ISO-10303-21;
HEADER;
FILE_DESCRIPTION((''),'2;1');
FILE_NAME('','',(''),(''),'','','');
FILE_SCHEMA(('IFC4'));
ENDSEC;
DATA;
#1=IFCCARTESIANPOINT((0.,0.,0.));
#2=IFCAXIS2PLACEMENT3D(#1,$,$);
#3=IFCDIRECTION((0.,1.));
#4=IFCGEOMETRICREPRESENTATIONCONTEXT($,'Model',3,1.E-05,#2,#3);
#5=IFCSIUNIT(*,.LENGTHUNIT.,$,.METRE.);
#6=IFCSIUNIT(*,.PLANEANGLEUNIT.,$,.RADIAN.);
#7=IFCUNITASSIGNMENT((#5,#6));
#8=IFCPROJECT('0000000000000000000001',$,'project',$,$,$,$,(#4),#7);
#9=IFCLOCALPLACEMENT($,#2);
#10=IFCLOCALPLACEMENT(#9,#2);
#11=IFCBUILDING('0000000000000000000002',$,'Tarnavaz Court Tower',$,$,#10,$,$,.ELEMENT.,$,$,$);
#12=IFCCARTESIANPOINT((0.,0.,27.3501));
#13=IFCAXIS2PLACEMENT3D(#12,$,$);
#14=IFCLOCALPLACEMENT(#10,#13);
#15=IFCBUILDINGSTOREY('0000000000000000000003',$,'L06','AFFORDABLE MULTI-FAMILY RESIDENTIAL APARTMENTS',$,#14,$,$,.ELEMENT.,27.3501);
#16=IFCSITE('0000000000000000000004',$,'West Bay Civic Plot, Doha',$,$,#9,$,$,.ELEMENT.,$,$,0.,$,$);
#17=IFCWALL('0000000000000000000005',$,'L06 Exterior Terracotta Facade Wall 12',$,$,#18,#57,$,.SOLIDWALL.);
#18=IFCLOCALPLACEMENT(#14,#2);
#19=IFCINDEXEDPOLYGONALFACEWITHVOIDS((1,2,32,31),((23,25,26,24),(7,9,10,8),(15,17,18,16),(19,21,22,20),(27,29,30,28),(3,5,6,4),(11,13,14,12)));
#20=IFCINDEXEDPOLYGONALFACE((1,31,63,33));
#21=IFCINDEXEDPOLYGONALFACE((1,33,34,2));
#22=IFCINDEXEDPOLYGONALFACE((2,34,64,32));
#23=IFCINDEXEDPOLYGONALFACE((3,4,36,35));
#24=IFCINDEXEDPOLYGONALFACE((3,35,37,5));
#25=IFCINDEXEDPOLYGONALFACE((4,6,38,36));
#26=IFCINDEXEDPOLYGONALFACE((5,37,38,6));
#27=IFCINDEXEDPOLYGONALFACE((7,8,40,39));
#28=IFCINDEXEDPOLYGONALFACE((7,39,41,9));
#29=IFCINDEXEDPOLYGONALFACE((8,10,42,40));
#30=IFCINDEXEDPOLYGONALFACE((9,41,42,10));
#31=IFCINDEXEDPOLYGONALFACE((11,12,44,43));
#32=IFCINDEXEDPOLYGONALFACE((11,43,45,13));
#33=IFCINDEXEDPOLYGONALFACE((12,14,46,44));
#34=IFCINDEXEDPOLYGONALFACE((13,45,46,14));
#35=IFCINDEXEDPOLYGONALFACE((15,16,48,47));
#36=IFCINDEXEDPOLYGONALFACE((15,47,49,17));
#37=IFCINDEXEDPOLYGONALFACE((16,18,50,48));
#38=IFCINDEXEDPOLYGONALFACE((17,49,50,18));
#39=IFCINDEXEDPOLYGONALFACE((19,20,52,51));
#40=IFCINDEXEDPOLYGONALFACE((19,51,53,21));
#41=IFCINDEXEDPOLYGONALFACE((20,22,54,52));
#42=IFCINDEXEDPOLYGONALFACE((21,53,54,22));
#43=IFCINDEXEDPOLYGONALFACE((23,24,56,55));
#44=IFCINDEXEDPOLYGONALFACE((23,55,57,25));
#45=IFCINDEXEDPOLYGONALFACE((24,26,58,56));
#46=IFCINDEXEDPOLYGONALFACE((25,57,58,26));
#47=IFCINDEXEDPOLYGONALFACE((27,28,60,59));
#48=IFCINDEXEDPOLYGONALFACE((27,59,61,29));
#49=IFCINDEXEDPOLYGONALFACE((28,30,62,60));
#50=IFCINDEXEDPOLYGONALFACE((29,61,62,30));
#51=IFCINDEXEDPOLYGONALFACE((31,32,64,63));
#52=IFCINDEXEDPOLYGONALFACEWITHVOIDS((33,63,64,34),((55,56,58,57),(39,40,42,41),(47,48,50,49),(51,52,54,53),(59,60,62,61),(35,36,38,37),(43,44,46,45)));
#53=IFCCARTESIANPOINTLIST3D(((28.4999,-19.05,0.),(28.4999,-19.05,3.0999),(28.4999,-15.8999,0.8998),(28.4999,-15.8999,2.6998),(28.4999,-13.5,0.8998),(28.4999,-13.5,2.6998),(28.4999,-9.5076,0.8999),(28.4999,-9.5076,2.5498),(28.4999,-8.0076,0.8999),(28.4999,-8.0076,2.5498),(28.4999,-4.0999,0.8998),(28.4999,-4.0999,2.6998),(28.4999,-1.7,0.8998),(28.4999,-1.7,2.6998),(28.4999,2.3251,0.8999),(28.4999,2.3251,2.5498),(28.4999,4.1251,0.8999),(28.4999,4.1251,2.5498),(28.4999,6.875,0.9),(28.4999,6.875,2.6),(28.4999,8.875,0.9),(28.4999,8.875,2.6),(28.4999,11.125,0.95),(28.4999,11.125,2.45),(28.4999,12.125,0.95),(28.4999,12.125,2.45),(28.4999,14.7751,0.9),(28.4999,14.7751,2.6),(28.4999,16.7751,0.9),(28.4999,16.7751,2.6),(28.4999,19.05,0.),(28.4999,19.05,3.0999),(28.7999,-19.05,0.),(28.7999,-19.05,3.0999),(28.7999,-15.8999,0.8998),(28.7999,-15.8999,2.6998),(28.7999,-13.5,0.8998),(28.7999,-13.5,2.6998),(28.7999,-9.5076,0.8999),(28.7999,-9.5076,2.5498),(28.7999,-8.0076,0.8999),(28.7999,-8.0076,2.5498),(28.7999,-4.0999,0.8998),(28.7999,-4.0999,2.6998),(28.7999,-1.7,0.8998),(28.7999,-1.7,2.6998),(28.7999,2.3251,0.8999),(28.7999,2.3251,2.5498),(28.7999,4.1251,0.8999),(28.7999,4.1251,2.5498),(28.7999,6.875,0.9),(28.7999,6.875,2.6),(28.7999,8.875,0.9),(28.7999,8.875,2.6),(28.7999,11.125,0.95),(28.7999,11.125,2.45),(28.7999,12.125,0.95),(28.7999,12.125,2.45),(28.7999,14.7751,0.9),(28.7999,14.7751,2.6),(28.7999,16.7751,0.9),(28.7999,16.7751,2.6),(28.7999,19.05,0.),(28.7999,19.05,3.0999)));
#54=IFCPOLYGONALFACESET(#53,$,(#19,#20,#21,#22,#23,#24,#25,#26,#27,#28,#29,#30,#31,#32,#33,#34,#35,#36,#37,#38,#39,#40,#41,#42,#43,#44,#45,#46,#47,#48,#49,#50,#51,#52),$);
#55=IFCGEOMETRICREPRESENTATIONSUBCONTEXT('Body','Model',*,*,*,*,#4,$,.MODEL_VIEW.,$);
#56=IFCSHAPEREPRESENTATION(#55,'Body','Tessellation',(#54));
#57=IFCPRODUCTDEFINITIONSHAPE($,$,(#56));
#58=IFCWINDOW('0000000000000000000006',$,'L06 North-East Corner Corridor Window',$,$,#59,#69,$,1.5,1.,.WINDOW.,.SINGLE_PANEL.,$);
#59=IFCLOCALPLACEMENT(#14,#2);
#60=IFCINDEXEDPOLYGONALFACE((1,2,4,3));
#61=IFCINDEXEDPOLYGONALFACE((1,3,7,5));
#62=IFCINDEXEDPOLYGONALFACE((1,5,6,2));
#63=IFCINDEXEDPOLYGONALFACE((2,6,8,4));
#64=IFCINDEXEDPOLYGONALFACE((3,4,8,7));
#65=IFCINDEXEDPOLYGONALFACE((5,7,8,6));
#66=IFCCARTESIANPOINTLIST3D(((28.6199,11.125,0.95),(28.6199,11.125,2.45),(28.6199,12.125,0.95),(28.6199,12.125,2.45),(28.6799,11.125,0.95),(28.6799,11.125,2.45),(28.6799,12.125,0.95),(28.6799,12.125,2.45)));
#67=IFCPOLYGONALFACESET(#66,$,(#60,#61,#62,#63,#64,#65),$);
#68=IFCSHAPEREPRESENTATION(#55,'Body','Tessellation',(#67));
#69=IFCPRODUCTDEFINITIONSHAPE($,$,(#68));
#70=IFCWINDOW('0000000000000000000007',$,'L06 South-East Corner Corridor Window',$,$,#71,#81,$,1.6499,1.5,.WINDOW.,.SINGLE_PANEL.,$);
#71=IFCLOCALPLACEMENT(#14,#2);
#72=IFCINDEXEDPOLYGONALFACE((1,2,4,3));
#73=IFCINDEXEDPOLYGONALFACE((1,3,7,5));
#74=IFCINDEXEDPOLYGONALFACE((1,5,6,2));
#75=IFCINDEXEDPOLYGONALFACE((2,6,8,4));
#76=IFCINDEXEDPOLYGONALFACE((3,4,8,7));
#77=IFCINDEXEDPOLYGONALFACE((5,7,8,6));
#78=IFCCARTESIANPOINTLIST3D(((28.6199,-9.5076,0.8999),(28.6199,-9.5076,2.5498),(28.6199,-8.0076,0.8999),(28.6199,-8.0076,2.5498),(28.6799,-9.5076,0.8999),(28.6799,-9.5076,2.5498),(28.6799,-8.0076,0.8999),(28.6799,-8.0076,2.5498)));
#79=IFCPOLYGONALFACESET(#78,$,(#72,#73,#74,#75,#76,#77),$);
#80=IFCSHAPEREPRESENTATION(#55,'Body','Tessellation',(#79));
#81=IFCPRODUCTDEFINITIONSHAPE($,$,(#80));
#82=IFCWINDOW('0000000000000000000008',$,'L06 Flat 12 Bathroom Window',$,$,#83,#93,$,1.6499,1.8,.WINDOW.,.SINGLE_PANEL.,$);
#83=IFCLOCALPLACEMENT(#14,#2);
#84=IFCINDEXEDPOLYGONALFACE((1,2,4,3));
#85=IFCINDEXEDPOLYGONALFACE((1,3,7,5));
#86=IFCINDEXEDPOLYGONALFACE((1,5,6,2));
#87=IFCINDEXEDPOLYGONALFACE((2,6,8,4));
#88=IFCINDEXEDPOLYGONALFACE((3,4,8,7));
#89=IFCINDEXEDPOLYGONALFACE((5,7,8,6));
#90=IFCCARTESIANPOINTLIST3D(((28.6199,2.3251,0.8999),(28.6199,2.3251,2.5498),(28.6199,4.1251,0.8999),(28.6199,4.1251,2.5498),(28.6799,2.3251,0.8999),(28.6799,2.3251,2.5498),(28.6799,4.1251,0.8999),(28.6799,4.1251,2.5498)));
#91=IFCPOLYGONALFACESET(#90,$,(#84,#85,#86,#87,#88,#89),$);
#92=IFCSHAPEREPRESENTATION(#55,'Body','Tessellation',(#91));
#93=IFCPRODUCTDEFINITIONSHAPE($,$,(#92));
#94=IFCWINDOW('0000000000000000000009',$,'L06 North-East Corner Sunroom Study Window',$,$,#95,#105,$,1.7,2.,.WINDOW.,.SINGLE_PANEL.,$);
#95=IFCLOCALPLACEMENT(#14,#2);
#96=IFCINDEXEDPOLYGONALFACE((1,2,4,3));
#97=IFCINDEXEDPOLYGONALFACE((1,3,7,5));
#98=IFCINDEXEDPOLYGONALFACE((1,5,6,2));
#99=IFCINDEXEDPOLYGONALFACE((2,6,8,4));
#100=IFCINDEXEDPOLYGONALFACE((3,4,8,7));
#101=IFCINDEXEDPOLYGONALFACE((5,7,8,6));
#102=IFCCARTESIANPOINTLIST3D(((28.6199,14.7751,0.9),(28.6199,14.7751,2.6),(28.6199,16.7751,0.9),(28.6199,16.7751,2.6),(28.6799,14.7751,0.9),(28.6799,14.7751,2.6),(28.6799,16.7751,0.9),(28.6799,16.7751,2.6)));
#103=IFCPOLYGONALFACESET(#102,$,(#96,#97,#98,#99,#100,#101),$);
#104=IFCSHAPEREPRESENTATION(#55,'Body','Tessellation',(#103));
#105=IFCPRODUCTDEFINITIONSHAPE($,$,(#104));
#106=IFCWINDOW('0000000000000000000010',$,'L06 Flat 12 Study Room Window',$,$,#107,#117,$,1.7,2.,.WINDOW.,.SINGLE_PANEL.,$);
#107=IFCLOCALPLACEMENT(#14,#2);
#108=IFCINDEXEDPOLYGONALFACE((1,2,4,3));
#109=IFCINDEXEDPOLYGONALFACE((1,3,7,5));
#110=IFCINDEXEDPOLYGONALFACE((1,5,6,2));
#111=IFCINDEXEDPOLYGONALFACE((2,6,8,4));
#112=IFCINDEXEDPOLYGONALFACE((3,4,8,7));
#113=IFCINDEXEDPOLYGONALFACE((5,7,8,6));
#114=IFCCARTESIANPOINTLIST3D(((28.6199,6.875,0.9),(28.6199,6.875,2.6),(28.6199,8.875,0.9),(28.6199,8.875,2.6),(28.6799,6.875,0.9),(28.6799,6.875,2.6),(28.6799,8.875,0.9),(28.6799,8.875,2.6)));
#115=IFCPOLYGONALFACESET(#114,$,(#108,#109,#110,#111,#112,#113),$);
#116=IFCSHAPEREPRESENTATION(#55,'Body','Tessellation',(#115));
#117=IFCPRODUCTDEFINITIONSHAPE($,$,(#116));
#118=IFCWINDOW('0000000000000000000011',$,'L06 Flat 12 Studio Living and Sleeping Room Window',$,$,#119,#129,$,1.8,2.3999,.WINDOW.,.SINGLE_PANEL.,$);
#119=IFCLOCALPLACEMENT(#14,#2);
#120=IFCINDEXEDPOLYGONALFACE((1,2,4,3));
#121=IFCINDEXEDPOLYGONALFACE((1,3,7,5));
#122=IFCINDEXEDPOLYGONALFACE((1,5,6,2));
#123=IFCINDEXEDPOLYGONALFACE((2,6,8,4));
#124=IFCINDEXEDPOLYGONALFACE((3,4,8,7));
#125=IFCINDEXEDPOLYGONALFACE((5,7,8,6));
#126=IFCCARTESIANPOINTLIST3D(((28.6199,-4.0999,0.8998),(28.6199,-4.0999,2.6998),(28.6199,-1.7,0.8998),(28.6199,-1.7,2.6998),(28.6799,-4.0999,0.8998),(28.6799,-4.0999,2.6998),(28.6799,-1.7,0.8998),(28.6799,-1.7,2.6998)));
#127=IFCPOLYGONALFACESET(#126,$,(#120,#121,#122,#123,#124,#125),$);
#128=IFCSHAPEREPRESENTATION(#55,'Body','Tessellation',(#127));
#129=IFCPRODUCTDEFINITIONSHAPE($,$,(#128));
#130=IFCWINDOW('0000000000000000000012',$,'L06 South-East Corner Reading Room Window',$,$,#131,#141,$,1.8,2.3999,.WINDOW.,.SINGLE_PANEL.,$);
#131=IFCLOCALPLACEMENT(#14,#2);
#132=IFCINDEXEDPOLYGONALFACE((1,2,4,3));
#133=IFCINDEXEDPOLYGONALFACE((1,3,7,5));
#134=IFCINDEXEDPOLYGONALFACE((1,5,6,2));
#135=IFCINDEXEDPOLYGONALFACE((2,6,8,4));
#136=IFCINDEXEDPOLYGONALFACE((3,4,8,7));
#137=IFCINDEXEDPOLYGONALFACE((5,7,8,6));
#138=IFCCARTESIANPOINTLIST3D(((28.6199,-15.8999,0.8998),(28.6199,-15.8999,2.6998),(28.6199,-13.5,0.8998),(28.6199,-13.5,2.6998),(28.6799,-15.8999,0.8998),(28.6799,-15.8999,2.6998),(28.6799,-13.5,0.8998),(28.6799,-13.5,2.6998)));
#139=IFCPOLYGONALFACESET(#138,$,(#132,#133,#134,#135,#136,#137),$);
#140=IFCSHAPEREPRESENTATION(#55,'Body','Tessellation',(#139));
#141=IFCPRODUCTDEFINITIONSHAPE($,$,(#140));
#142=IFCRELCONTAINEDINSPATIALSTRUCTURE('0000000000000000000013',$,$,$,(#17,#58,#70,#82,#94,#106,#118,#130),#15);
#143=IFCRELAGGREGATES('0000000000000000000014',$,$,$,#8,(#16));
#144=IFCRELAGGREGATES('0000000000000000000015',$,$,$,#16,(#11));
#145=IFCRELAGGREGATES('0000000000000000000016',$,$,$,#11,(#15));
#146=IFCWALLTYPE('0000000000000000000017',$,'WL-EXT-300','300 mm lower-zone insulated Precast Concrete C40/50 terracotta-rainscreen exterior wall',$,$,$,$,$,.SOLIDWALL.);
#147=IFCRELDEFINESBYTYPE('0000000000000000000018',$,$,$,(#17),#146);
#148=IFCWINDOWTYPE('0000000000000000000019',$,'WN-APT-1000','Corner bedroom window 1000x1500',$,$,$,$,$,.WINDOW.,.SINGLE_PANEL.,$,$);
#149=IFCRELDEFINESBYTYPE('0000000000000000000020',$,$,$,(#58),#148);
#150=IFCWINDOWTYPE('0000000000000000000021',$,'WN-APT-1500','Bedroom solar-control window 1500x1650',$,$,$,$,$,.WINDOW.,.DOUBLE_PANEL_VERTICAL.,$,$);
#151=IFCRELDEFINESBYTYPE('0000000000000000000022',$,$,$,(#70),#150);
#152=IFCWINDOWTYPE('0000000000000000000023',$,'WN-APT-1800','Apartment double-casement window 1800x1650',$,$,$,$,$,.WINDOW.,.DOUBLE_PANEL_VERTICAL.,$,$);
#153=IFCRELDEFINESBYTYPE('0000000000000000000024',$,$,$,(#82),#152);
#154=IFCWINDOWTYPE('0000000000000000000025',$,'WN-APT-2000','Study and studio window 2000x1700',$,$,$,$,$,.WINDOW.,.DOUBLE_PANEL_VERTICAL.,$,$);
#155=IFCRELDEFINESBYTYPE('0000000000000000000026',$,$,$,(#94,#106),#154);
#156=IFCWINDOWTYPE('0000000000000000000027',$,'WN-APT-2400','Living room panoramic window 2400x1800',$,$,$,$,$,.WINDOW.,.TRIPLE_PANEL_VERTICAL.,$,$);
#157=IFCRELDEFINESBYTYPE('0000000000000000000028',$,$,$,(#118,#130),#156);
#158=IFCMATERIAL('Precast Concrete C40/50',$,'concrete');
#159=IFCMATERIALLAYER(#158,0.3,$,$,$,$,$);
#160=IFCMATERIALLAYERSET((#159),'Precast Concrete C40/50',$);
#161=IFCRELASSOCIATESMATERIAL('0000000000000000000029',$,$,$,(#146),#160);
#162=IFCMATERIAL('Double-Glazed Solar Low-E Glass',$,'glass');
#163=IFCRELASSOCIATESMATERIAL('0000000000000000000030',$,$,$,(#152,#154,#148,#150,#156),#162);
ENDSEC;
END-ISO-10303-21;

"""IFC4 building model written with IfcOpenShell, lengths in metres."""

from ifc_helpers import new_model, si_unit, direction, frame, frame_2d, origin, place, context, subcontext, project, spatial, rectangle, extrude, material, layer, layer_set, type_object, element, fill, save


model = new_model("IFC4")

# Units and contexts
model_context = context("Model", 3, precision=1e-05, world=origin(), true_north=direction((0.0, 1.0)))
body_context = subcontext(model_context, "Body", "Model", "MODEL_VIEW")
ifc_project = project(units=[si_unit("LENGTHUNIT", "METRE"), si_unit("PLANEANGLEUNIT", "RADIAN")], contexts=[model_context])

# Site, building, storey
site_placement = place(None, origin())
site = spatial("IfcSite", under=ifc_project, at=site_placement, Name="West Bay Civic Plot, Doha", CompositionType="ELEMENT", RefElevation=0.0)
building_placement = place(site_placement, origin())
building = spatial("IfcBuilding", under=site, at=building_placement, Name="Tarnavaz Court Tower", CompositionType="ELEMENT")
storey_placement = place(building_placement, frame((0.0, 0.0, 27.3501)))
storey = spatial("IfcBuildingStorey", under=building, at=storey_placement, Name="L06", Description="AFFORDABLE MULTI-FAMILY RESIDENTIAL APARTMENTS", CompositionType="ELEMENT", Elevation=27.3501)

# Shared definitions
ifc_material_1 = material(Name="Precast Concrete C40/50", Category="concrete")
ifc_layer_1 = layer(ifc_material_1, 0.3)
ifc_layer_set_1 = layer_set([ifc_layer_1], Name="Precast Concrete C40/50")
wall_type_1 = type_object("IfcWallType", Name="WL-EXT-300", Description="300 mm lower-zone insulated Precast Concrete C40/50 terracotta-rainscreen exterior wall", PredefinedType="SOLIDWALL", material=ifc_layer_set_1)
ifc_material_2 = material(Name="Double-Glazed Solar Low-E Glass", Category="glass")
window_type_1 = type_object("IfcWindowType", Name="WN-APT-1800", Description="Apartment double-casement window 1800x1650", PartitioningType="DOUBLE_PANEL_VERTICAL", PredefinedType="WINDOW", material=ifc_material_2)
window_type_2 = type_object("IfcWindowType", Name="WN-APT-2000", Description="Study and studio window 2000x1700", PartitioningType="DOUBLE_PANEL_VERTICAL", PredefinedType="WINDOW", material=ifc_material_2)

# Wall, openings, windows
wall_1_placement = place(storey_placement, frame((28.6499, 19.05, 0.0), z_axis=(0.0, 0.0, 1.0), x_axis=(0.0, -1.0, 0.0)))
wall_1 = element("IfcWall", 1, at=wall_1_placement, inside=storey, type_object=wall_type_1, Name="L06 Exterior Terracotta Facade Wall 12", PredefinedType="SOLIDWALL", context=body_context, shape_type="SweptSolid", body=[
    extrude(rectangle(XDim=38.1001, YDim=0.3, at=frame_2d((19.05, 0.0))), origin(), (0.0, 0.0, 1.0), 3.0999),
])
opening_1_placement = place(wall_1_placement, frame((2.2749, 0.0, 0.8999)))
opening_1 = element("IfcOpeningElement", 2, at=opening_1_placement, cuts=wall_1, PredefinedType="OPENING", context=body_context, shape_type="SweptSolid", body=[
    extrude(rectangle(XDim=2.0, YDim=1.7, at=frame_2d((1.0, 0.8501))), frame((0.0, 0.1599, 0.0), z_axis=(0.0, -1.0, 0.0), x_axis=(1.0, 0.0, 0.0)), (0.0, 0.0, 1.0), 0.3201),
])
opening_2_placement = place(wall_1_placement, frame((6.925, 0.0, 0.95)))
opening_2 = element("IfcOpeningElement", 3, at=opening_2_placement, cuts=wall_1, PredefinedType="OPENING", context=body_context, shape_type="SweptSolid", body=[
    extrude(rectangle(XDim=1.0, YDim=1.5, at=frame_2d((0.5, 0.75))), frame((0.0, 0.1599, 0.0), z_axis=(0.0, -1.0, 0.0), x_axis=(1.0, 0.0, 0.0)), (0.0, 0.0, 1.0), 0.3201),
])
opening_3_placement = place(wall_1_placement, frame((10.175, 0.0, 0.8999)))
opening_3 = element("IfcOpeningElement", 4, at=opening_3_placement, cuts=wall_1, PredefinedType="OPENING", context=body_context, shape_type="SweptSolid", body=[
    extrude(rectangle(XDim=2.0, YDim=1.7, at=frame_2d((1.0, 0.8501))), frame((0.0, 0.1599, 0.0), z_axis=(0.0, -1.0, 0.0), x_axis=(1.0, 0.0, 0.0)), (0.0, 0.0, 1.0), 0.3201),
])
opening_4_placement = place(wall_1_placement, frame((14.925, 0.0, 0.8999)))
opening_4 = element("IfcOpeningElement", 5, at=opening_4_placement, cuts=wall_1, PredefinedType="OPENING", context=body_context, shape_type="SweptSolid", body=[
    extrude(rectangle(XDim=1.8, YDim=1.6499, at=frame_2d((0.8999, 0.825))), frame((0.0, 0.1599, 0.0), z_axis=(0.0, -1.0, 0.0), x_axis=(1.0, 0.0, 0.0)), (0.0, 0.0, 1.0), 0.3201),
])
opening_5_placement = place(wall_1_placement, frame((20.75, 0.0, 0.8999)))
opening_5 = element("IfcOpeningElement", 6, at=opening_5_placement, cuts=wall_1, PredefinedType="OPENING", context=body_context, shape_type="SweptSolid", body=[
    extrude(rectangle(XDim=2.3999, YDim=1.8, at=frame_2d((1.2, 0.8999))), frame((0.0, 0.1599, 0.0), z_axis=(0.0, -1.0, 0.0), x_axis=(1.0, 0.0, 0.0)), (0.0, 0.0, 1.0), 0.3201),
])
opening_6_placement = place(wall_1_placement, frame((27.0576, 0.0, 0.8999)))
opening_6 = element("IfcOpeningElement", 7, at=opening_6_placement, cuts=wall_1, PredefinedType="OPENING", context=body_context, shape_type="SweptSolid", body=[
    extrude(rectangle(XDim=1.5, YDim=1.6499, at=frame_2d((0.75, 0.825))), frame((0.0, 0.1599, 0.0), z_axis=(0.0, -1.0, 0.0), x_axis=(1.0, 0.0, 0.0)), (0.0, 0.0, 1.0), 0.3201),
])
opening_7_placement = place(wall_1_placement, frame((32.55, 0.0, 0.8999)))
opening_7 = element("IfcOpeningElement", 8, at=opening_7_placement, cuts=wall_1, PredefinedType="OPENING", context=body_context, shape_type="SweptSolid", body=[
    extrude(rectangle(XDim=2.3999, YDim=1.8, at=frame_2d((1.2, 0.8999))), frame((0.0, 0.1599, 0.0), z_axis=(0.0, -1.0, 0.0), x_axis=(1.0, 0.0, 0.0)), (0.0, 0.0, 1.0), 0.3201),
])
window_type_3 = type_object("IfcWindowType", Name="WN-APT-1000", Description="Corner bedroom window 1000x1500", PartitioningType="SINGLE_PANEL", PredefinedType="WINDOW", material=ifc_material_2)
window_1_placement = place(opening_2_placement, origin())
window_1 = element("IfcWindow", 9, at=window_1_placement, inside=storey, type_object=window_type_3, Name="L06 North-East Corner Corridor Window", OverallHeight=1.5, OverallWidth=1.0, PartitioningType="SINGLE_PANEL", PredefinedType="WINDOW", context=body_context, shape_type="SweptSolid", body=[
    extrude(rectangle(XDim=1.0, YDim=1.5, at=frame_2d((0.5, 0.75))), frame((0.0, 0.03, 0.0), z_axis=(0.0, -1.0, 0.0), x_axis=(1.0, 0.0, 0.0)), (0.0, 0.0, 1.0), 0.0601),
])
fill(opening_2, window_1)
window_type_4 = type_object("IfcWindowType", Name="WN-APT-1500", Description="Bedroom solar-control window 1500x1650", PartitioningType="DOUBLE_PANEL_VERTICAL", PredefinedType="WINDOW", material=ifc_material_2)
window_2_placement = place(opening_6_placement, origin())
window_2 = element("IfcWindow", 10, at=window_2_placement, inside=storey, type_object=window_type_4, Name="L06 South-East Corner Corridor Window", OverallHeight=1.6499, OverallWidth=1.5, PartitioningType="SINGLE_PANEL", PredefinedType="WINDOW", context=body_context, shape_type="SweptSolid", body=[
    extrude(rectangle(XDim=1.5, YDim=1.6499, at=frame_2d((0.75, 0.825))), frame((0.0, 0.03, 0.0), z_axis=(0.0, -1.0, 0.0), x_axis=(1.0, 0.0, 0.0)), (0.0, 0.0, 1.0), 0.0601),
])
fill(opening_6, window_2)
window_3_placement = place(opening_4_placement, origin())
window_3 = element("IfcWindow", 11, at=window_3_placement, inside=storey, type_object=window_type_1, Name="L06 Flat 12 Bathroom Window", OverallHeight=1.6499, OverallWidth=1.8, PartitioningType="SINGLE_PANEL", PredefinedType="WINDOW", context=body_context, shape_type="SweptSolid", body=[
    extrude(rectangle(XDim=1.8, YDim=1.6499, at=frame_2d((0.8999, 0.825))), frame((0.0, 0.03, 0.0), z_axis=(0.0, -1.0, 0.0), x_axis=(1.0, 0.0, 0.0)), (0.0, 0.0, 1.0), 0.0601),
])
fill(opening_4, window_3)
window_4_placement = place(opening_1_placement, origin())
window_4 = element("IfcWindow", 12, at=window_4_placement, inside=storey, type_object=window_type_2, Name="L06 North-East Corner Sunroom Study Window", OverallHeight=1.7, OverallWidth=2.0, PartitioningType="SINGLE_PANEL", PredefinedType="WINDOW", context=body_context, shape_type="SweptSolid", body=[
    extrude(rectangle(XDim=2.0, YDim=1.7, at=frame_2d((1.0, 0.8501))), frame((0.0, 0.03, 0.0), z_axis=(0.0, -1.0, 0.0), x_axis=(1.0, 0.0, 0.0)), (0.0, 0.0, 1.0), 0.0601),
])
fill(opening_1, window_4)
window_5_placement = place(opening_3_placement, origin())
window_5 = element("IfcWindow", 13, at=window_5_placement, inside=storey, type_object=window_type_2, Name="L06 Flat 12 Study Room Window", OverallHeight=1.7, OverallWidth=2.0, PartitioningType="SINGLE_PANEL", PredefinedType="WINDOW", context=body_context, shape_type="SweptSolid", body=[
    extrude(rectangle(XDim=2.0, YDim=1.7, at=frame_2d((1.0, 0.8501))), frame((0.0, 0.03, 0.0), z_axis=(0.0, -1.0, 0.0), x_axis=(1.0, 0.0, 0.0)), (0.0, 0.0, 1.0), 0.0601),
])
fill(opening_3, window_5)
window_type_5 = type_object("IfcWindowType", Name="WN-APT-2400", Description="Living room panoramic window 2400x1800", PartitioningType="TRIPLE_PANEL_VERTICAL", PredefinedType="WINDOW", material=ifc_material_2)
window_6_placement = place(opening_5_placement, origin())
window_6 = element("IfcWindow", 14, at=window_6_placement, inside=storey, type_object=window_type_5, Name="L06 Flat 12 Studio Living and Sleeping Room Window", OverallHeight=1.8, OverallWidth=2.3999, PartitioningType="SINGLE_PANEL", PredefinedType="WINDOW", context=body_context, shape_type="SweptSolid", body=[
    extrude(rectangle(XDim=2.3999, YDim=1.8, at=frame_2d((1.2, 0.8999))), frame((0.0, 0.03, 0.0), z_axis=(0.0, -1.0, 0.0), x_axis=(1.0, 0.0, 0.0)), (0.0, 0.0, 1.0), 0.0601),
])
fill(opening_5, window_6)
window_7_placement = place(opening_7_placement, origin())
window_7 = element("IfcWindow", 15, at=window_7_placement, inside=storey, type_object=window_type_5, Name="L06 South-East Corner Reading Room Window", OverallHeight=1.8, OverallWidth=2.3999, PartitioningType="SINGLE_PANEL", PredefinedType="WINDOW", context=body_context, shape_type="SweptSolid", body=[
    extrude(rectangle(XDim=2.3999, YDim=1.8, at=frame_2d((1.2, 0.8999))), frame((0.0, 0.03, 0.0), z_axis=(0.0, -1.0, 0.0), x_axis=(1.0, 0.0, 0.0)), (0.0, 0.0, 1.0), 0.0601),
])
fill(opening_7, window_7)

save(model, "model.ifc")
